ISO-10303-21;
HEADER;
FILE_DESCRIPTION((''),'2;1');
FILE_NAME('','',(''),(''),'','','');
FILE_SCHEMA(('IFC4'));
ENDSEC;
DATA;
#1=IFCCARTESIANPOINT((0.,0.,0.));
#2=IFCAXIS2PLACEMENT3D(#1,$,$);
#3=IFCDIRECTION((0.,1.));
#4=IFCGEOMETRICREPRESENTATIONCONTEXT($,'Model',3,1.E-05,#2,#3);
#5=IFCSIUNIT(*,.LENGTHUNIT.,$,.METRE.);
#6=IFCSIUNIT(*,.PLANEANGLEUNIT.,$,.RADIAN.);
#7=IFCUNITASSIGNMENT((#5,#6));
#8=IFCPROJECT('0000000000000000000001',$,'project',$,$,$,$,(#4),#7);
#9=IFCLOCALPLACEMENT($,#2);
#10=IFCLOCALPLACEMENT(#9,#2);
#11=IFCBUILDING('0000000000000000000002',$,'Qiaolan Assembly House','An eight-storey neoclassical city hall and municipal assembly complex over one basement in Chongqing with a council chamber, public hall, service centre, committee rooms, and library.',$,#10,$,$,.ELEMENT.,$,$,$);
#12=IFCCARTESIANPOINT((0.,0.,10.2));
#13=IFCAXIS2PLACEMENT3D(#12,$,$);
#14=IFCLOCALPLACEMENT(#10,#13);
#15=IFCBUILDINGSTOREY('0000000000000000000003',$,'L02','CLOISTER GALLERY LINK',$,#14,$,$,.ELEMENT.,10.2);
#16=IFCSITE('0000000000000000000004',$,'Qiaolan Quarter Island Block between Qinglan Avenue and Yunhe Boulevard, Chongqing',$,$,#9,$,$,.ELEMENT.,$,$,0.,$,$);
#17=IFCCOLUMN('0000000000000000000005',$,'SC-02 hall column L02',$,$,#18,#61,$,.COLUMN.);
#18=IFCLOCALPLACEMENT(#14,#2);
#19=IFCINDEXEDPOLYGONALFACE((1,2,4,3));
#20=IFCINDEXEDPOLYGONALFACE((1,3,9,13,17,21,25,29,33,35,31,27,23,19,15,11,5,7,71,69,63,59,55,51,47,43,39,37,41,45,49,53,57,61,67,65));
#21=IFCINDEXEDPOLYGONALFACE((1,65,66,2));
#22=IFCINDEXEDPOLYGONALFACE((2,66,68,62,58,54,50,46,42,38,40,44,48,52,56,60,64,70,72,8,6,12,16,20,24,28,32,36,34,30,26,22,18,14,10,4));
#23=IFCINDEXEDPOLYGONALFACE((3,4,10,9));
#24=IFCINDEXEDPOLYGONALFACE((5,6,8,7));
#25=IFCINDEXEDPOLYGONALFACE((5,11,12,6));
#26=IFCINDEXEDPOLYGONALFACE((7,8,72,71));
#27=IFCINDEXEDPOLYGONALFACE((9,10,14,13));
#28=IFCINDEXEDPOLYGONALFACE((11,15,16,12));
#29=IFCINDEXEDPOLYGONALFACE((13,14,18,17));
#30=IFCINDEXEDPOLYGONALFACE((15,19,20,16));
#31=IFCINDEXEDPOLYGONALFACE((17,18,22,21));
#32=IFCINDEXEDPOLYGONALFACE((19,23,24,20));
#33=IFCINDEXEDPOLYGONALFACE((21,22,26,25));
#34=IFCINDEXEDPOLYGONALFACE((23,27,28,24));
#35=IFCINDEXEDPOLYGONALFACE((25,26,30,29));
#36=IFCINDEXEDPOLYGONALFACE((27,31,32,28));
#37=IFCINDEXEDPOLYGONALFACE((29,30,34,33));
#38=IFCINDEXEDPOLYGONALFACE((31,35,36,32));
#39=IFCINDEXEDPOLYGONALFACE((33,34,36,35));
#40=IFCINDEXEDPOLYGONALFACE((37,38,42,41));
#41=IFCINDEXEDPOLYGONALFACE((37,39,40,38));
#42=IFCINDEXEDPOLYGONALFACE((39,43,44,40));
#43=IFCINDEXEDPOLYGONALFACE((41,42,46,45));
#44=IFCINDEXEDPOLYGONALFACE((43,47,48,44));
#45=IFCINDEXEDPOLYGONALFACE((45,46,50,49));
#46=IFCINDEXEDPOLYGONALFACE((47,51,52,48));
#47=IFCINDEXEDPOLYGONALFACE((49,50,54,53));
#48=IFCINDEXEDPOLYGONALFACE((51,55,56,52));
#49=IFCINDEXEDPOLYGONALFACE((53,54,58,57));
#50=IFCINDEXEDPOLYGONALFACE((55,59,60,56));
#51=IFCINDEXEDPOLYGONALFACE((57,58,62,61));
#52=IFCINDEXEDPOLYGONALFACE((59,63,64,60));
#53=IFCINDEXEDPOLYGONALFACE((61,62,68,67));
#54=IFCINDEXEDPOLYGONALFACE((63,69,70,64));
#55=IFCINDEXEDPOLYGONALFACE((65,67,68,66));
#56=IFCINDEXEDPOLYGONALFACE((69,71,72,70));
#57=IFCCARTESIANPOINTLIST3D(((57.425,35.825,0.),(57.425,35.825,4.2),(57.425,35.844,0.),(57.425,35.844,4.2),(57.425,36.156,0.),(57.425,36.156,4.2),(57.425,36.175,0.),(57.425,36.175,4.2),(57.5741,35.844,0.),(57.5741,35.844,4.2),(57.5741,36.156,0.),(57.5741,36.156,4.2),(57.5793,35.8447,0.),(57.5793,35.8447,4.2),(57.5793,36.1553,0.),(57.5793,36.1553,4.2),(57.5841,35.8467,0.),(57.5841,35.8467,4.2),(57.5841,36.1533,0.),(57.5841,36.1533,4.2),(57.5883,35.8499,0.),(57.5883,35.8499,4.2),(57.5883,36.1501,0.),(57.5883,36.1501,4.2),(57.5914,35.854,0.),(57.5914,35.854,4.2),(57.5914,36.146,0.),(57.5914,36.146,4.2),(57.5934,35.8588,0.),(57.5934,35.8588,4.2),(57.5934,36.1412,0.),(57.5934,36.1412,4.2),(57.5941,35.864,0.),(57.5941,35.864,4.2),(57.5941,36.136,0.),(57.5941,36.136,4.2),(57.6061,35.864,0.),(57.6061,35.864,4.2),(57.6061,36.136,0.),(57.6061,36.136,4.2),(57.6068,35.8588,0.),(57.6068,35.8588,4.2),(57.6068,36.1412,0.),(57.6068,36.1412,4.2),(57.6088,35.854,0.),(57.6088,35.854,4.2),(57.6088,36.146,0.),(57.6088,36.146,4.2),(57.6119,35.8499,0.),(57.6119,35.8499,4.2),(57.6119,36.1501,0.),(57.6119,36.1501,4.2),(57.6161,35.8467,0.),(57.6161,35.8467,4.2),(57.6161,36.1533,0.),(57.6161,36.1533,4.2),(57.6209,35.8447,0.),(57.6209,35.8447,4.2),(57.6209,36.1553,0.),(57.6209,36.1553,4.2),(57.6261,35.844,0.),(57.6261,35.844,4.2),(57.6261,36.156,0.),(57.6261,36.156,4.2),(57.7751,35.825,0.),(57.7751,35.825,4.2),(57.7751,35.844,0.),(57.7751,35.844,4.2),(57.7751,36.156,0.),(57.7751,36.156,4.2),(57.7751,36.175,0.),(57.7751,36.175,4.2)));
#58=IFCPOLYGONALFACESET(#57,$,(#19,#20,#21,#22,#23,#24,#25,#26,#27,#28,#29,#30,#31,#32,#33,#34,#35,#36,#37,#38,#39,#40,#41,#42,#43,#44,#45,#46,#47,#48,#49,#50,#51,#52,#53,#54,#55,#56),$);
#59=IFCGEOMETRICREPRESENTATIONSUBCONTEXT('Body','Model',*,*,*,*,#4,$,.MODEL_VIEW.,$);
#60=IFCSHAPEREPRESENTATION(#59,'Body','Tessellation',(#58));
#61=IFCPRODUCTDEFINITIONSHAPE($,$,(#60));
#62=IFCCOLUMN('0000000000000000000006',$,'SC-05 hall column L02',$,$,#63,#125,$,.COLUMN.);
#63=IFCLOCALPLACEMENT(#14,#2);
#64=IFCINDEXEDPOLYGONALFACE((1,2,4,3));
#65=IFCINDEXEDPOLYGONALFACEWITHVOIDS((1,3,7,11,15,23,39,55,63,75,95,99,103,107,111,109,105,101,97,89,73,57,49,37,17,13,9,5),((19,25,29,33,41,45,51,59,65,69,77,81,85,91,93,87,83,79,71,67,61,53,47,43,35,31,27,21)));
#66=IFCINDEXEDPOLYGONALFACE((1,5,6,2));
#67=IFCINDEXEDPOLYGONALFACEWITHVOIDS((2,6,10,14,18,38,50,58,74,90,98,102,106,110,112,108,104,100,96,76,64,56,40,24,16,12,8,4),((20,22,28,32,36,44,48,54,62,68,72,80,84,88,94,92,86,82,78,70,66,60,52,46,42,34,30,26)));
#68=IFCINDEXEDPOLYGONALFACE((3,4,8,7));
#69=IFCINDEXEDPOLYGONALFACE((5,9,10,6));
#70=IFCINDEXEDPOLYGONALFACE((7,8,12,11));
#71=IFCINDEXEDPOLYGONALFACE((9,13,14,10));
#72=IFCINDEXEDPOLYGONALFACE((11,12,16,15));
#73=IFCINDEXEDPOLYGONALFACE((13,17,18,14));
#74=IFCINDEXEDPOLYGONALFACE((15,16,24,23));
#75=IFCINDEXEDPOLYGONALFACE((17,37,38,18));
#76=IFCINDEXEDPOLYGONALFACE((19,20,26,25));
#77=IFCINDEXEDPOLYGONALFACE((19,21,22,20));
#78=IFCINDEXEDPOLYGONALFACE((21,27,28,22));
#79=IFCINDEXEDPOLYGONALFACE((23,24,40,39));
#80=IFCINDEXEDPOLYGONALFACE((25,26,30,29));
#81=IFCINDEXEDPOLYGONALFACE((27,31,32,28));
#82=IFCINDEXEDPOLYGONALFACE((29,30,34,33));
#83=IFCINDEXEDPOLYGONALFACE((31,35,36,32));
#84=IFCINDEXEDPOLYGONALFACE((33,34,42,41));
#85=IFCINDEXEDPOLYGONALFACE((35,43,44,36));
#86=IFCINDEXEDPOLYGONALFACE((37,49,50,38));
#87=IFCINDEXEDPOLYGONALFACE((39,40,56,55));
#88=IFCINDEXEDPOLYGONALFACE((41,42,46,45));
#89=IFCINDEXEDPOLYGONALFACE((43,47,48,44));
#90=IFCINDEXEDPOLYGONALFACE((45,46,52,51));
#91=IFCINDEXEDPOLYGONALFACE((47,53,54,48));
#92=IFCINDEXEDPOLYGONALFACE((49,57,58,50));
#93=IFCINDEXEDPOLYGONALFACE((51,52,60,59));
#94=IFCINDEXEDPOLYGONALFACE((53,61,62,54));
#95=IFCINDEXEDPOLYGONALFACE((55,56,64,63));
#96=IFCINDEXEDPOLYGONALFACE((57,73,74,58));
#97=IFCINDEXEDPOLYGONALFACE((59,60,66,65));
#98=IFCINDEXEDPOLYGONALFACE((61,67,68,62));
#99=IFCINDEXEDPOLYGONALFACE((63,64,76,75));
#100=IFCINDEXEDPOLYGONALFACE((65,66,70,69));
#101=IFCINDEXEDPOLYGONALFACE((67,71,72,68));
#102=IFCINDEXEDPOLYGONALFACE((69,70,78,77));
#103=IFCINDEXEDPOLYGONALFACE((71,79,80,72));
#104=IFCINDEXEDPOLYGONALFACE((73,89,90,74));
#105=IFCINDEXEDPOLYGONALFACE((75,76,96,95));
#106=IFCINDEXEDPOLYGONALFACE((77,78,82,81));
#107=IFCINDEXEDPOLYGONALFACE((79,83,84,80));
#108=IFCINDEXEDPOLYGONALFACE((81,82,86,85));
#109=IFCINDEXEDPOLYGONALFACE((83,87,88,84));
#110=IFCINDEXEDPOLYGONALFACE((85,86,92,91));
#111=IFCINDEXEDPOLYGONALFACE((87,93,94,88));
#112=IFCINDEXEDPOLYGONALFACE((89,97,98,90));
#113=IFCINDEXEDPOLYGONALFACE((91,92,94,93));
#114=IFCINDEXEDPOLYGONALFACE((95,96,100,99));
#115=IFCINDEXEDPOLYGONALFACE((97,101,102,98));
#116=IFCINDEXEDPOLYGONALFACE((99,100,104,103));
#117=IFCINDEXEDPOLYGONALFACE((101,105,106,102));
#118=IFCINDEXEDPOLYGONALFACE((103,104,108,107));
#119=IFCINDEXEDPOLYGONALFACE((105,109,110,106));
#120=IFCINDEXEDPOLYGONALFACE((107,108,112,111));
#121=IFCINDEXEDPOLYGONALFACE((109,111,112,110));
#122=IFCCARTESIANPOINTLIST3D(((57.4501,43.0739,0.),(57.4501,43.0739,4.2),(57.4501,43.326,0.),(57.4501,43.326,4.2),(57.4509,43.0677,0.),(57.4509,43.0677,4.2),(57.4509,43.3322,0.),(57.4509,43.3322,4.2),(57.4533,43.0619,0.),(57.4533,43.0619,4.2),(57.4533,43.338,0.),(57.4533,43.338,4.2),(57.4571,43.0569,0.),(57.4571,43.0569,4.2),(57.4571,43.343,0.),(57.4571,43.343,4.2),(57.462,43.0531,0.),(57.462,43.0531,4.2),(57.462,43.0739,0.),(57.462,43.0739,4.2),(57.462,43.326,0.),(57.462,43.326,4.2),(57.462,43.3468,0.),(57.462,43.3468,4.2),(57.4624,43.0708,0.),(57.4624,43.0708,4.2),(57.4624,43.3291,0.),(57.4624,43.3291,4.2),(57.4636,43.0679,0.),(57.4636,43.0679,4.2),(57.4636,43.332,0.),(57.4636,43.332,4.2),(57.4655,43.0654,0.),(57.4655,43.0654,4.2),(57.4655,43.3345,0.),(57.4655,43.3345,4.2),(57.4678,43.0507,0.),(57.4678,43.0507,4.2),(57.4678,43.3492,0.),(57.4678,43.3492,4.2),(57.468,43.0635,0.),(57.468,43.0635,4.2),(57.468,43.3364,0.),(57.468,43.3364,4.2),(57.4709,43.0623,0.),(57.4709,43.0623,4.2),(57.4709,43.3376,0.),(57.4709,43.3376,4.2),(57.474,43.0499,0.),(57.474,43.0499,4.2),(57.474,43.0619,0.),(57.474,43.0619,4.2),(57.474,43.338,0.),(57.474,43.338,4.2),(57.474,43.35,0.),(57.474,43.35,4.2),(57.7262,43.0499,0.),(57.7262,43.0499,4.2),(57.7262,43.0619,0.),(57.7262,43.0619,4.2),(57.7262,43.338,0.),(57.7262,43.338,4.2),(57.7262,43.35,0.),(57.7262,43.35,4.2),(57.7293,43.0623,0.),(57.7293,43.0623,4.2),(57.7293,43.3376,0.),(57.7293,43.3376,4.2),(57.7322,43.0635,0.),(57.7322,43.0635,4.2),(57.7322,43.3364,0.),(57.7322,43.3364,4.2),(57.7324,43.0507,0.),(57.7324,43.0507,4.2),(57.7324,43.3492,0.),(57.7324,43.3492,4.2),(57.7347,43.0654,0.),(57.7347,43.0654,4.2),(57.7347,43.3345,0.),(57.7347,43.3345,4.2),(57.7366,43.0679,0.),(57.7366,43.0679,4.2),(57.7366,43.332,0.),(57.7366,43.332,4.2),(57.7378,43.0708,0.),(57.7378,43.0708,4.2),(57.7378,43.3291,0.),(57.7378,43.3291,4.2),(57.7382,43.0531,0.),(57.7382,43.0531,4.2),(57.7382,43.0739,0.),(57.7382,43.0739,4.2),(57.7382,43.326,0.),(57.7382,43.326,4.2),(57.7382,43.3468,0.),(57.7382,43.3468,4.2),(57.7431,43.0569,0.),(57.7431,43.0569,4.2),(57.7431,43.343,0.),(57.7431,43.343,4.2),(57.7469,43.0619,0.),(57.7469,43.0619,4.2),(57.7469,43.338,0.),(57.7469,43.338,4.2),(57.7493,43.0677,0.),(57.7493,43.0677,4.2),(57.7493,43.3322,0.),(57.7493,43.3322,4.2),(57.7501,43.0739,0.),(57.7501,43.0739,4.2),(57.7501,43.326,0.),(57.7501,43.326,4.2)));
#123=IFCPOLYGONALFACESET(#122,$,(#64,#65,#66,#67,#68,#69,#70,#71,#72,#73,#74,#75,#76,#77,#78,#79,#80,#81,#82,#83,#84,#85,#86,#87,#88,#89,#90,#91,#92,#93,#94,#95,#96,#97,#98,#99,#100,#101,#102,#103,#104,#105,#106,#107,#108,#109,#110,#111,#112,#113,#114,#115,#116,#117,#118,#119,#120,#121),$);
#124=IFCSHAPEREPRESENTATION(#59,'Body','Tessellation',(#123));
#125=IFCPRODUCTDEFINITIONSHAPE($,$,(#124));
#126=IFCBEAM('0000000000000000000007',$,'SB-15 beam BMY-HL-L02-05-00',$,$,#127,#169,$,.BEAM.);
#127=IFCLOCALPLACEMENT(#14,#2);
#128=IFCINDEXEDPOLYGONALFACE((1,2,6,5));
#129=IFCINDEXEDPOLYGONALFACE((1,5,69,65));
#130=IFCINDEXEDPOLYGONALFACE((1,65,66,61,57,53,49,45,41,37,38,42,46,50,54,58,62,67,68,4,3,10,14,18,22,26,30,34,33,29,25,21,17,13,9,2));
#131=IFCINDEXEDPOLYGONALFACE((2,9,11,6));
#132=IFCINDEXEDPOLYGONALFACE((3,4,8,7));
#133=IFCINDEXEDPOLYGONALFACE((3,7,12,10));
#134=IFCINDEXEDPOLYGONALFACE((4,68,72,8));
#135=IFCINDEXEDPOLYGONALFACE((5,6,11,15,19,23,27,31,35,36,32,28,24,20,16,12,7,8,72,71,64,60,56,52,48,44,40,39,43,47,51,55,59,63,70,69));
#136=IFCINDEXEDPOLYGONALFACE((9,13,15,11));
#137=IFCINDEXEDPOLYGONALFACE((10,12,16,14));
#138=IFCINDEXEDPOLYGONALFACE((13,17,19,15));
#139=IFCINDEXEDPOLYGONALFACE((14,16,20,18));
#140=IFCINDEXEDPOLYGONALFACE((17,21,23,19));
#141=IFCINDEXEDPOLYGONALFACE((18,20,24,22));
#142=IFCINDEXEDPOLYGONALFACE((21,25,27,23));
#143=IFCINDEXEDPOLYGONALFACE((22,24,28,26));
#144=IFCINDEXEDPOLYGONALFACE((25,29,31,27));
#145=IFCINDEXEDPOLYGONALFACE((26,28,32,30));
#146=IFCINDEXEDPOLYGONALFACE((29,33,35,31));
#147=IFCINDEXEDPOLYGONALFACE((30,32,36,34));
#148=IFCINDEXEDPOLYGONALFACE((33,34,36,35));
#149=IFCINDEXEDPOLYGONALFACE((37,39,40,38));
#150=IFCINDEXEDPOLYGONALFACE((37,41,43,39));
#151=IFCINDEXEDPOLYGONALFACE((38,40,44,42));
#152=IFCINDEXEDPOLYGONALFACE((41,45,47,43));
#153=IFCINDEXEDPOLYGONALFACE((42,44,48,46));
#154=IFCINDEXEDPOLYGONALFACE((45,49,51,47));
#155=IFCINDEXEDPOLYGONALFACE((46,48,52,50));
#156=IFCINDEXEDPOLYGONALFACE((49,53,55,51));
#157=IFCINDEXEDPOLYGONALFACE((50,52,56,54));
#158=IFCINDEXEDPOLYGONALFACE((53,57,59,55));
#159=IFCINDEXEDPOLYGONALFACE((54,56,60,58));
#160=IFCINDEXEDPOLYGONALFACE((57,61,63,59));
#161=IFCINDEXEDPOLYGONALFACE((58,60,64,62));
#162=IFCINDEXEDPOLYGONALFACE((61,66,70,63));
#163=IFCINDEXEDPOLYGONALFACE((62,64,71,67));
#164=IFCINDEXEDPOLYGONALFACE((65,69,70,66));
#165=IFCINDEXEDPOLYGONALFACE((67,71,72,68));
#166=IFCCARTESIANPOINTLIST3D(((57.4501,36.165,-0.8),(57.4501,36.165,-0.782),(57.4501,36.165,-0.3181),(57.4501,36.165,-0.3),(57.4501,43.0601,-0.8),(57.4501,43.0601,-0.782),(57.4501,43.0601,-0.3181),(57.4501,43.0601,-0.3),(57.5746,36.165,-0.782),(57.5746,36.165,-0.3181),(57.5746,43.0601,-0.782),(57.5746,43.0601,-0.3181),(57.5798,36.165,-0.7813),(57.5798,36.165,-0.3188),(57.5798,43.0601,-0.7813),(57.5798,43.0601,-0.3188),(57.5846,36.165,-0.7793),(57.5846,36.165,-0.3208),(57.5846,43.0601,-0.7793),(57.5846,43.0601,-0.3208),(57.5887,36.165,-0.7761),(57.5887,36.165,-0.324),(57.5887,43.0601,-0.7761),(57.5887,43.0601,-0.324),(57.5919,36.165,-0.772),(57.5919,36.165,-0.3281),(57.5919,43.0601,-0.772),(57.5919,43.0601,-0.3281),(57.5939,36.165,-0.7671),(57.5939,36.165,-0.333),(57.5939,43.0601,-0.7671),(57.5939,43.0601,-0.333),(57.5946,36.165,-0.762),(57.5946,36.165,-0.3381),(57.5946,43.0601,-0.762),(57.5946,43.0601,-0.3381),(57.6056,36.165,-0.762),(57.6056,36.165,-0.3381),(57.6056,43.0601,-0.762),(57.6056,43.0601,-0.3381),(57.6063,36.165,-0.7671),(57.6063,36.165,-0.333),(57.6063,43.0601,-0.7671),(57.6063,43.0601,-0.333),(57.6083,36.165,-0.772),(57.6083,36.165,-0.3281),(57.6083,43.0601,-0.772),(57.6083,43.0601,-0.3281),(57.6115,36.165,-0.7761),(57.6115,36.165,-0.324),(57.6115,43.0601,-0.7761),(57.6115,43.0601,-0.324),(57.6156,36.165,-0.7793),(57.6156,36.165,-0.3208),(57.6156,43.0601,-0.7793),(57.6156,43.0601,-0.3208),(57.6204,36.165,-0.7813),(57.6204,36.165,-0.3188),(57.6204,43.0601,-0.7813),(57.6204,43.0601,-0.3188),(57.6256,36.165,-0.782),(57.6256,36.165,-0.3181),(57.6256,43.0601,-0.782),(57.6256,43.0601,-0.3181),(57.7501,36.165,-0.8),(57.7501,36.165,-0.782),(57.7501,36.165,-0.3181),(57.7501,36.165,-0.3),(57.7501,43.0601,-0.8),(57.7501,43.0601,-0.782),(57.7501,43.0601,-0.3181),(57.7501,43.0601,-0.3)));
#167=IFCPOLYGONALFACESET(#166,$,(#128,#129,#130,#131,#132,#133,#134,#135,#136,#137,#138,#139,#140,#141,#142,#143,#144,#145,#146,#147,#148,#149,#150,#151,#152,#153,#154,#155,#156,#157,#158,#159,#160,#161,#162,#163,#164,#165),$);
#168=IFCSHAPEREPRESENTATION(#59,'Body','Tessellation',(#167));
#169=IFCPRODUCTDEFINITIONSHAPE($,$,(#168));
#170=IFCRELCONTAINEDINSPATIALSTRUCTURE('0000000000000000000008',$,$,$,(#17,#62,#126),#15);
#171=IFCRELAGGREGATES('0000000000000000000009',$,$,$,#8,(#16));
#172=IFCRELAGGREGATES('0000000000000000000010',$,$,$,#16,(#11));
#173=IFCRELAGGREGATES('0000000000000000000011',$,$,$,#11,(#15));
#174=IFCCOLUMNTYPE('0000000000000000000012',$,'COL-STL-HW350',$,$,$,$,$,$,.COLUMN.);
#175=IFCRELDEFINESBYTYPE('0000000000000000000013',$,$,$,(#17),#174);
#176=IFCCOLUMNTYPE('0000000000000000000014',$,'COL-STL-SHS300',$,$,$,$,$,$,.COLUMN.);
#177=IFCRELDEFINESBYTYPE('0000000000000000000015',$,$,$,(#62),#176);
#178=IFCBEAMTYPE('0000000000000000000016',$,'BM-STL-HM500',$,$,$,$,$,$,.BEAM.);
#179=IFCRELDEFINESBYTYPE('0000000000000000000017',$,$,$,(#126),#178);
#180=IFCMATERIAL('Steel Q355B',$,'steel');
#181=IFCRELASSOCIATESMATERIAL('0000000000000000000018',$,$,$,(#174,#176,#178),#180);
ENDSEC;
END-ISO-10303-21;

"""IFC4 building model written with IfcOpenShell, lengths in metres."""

from ifc_helpers import new_model, si_unit, direction, frame, origin, origin_2d, place, context, subcontext, project, spatial, hollow_rectangle, i_section, extrude, material, material_profile, profile_set, type_object, element, save


model = new_model("IFC4")

# Units and contexts
model_context = context("Model", 3, precision=1e-05, world=origin(), true_north=direction((0.0, 1.0)))
body_context = subcontext(model_context, "Body", "Model", "MODEL_VIEW")
ifc_project = project(units=[si_unit("LENGTHUNIT", "METRE"), si_unit("PLANEANGLEUNIT", "RADIAN")], contexts=[model_context])

# Site, building, storey
site_placement = place(None, origin())
site = spatial("IfcSite", under=ifc_project, at=site_placement, Name="Qiaolan Quarter Island Block between Qinglan Avenue and Yunhe Boulevard, Chongqing", CompositionType="ELEMENT", RefElevation=0.0)
building_placement = place(site_placement, origin())
building = spatial("IfcBuilding", under=site, at=building_placement, Name="Qiaolan Assembly House", Description="An eight-storey neoclassical city hall and municipal assembly complex over one basement in Chongqing with a council chamber, public hall, service centre, committee rooms, and library.", CompositionType="ELEMENT")
storey_placement = place(building_placement, frame((0.0, 0.0, 10.2)))
storey = spatial("IfcBuildingStorey", under=building, at=storey_placement, Name="L02", Description="CLOISTER GALLERY LINK", CompositionType="ELEMENT", Elevation=10.2)

# Columns
ifc_material_1 = material(Name="Steel Q355B", Category="steel")
ifc_material_profile_1 = material_profile(ifc_material_1, i_section(OverallWidth=0.3501, OverallDepth=0.3501, WebThickness=0.012, FlangeThickness=0.019, FilletRadius=0.02, at=origin_2d()), Name="HW 350x350x12x19")
ifc_profile_set_1 = profile_set([ifc_material_profile_1], Name="Steel Q355B")
column_type_1 = type_object("IfcColumnType", Name="COL-STL-HW350", PredefinedType="COLUMN", material=ifc_profile_set_1)
column_1_placement = place(storey_placement, frame((57.6001, 36.0, 0.0), z_axis=(0.0, 0.0, 1.0), x_axis=(1.0, 0.0, 0.0)))
element("IfcColumn", 1, at=column_1_placement, inside=storey, type_object=column_type_1, Name="SC-02 hall column L02", PredefinedType="COLUMN", context=body_context, shape_type="SweptSolid", body=[
    extrude(i_section(OverallWidth=0.3501, OverallDepth=0.3501, WebThickness=0.012, FlangeThickness=0.019, FilletRadius=0.02, at=origin_2d()), origin(), (0.0, 0.0, 1.0), 4.2),
])
ifc_material_profile_2 = material_profile(ifc_material_1, hollow_rectangle(XDim=0.3, YDim=0.3, WallThickness=0.012, InnerFilletRadius=0.012, OuterFilletRadius=0.0239, at=origin_2d()), Name="SHS 300x300x12")
ifc_profile_set_2 = profile_set([ifc_material_profile_2], Name="Steel Q355B")
column_type_2 = type_object("IfcColumnType", Name="COL-STL-SHS300", PredefinedType="COLUMN", material=ifc_profile_set_2)
column_2_placement = place(storey_placement, frame((57.6001, 43.2, 0.0), z_axis=(0.0, 0.0, 1.0), x_axis=(1.0, 0.0, 0.0)))
element("IfcColumn", 2, at=column_2_placement, inside=storey, type_object=column_type_2, Name="SC-05 hall column L02", PredefinedType="COLUMN", context=body_context, shape_type="SweptSolid", body=[
    extrude(hollow_rectangle(XDim=0.3, YDim=0.3, WallThickness=0.012, InnerFilletRadius=0.012, OuterFilletRadius=0.0239, at=origin_2d()), origin(), (0.0, 0.0, 1.0), 4.2),
])

# Beam
ifc_material_profile_3 = material_profile(ifc_material_1, i_section(OverallWidth=0.3, OverallDepth=0.5, WebThickness=0.011, FlangeThickness=0.0181, FilletRadius=0.02, at=origin_2d()), Name="HM 500x300x11x18")
ifc_profile_set_3 = profile_set([ifc_material_profile_3], Name="Steel Q355B")
beam_type_1 = type_object("IfcBeamType", Name="BM-STL-HM500", PredefinedType="BEAM", material=ifc_profile_set_3)
beam_1_placement = place(storey_placement, frame((57.6001, 36.165, -0.55), z_axis=(0.0, 1.0, 0.0), x_axis=(-1.0, 0.0, 0.0)))
element("IfcBeam", 3, at=beam_1_placement, inside=storey, type_object=beam_type_1, Name="SB-15 beam BMY-HL-L02-05-00", PredefinedType="BEAM", context=body_context, shape_type="SweptSolid", body=[
    extrude(i_section(OverallWidth=0.3, OverallDepth=0.5, WebThickness=0.011, FlangeThickness=0.0181, FilletRadius=0.02, at=origin_2d()), origin(), (0.0, 0.0, 1.0), 6.895),
])

save(model, "model.ifc")
